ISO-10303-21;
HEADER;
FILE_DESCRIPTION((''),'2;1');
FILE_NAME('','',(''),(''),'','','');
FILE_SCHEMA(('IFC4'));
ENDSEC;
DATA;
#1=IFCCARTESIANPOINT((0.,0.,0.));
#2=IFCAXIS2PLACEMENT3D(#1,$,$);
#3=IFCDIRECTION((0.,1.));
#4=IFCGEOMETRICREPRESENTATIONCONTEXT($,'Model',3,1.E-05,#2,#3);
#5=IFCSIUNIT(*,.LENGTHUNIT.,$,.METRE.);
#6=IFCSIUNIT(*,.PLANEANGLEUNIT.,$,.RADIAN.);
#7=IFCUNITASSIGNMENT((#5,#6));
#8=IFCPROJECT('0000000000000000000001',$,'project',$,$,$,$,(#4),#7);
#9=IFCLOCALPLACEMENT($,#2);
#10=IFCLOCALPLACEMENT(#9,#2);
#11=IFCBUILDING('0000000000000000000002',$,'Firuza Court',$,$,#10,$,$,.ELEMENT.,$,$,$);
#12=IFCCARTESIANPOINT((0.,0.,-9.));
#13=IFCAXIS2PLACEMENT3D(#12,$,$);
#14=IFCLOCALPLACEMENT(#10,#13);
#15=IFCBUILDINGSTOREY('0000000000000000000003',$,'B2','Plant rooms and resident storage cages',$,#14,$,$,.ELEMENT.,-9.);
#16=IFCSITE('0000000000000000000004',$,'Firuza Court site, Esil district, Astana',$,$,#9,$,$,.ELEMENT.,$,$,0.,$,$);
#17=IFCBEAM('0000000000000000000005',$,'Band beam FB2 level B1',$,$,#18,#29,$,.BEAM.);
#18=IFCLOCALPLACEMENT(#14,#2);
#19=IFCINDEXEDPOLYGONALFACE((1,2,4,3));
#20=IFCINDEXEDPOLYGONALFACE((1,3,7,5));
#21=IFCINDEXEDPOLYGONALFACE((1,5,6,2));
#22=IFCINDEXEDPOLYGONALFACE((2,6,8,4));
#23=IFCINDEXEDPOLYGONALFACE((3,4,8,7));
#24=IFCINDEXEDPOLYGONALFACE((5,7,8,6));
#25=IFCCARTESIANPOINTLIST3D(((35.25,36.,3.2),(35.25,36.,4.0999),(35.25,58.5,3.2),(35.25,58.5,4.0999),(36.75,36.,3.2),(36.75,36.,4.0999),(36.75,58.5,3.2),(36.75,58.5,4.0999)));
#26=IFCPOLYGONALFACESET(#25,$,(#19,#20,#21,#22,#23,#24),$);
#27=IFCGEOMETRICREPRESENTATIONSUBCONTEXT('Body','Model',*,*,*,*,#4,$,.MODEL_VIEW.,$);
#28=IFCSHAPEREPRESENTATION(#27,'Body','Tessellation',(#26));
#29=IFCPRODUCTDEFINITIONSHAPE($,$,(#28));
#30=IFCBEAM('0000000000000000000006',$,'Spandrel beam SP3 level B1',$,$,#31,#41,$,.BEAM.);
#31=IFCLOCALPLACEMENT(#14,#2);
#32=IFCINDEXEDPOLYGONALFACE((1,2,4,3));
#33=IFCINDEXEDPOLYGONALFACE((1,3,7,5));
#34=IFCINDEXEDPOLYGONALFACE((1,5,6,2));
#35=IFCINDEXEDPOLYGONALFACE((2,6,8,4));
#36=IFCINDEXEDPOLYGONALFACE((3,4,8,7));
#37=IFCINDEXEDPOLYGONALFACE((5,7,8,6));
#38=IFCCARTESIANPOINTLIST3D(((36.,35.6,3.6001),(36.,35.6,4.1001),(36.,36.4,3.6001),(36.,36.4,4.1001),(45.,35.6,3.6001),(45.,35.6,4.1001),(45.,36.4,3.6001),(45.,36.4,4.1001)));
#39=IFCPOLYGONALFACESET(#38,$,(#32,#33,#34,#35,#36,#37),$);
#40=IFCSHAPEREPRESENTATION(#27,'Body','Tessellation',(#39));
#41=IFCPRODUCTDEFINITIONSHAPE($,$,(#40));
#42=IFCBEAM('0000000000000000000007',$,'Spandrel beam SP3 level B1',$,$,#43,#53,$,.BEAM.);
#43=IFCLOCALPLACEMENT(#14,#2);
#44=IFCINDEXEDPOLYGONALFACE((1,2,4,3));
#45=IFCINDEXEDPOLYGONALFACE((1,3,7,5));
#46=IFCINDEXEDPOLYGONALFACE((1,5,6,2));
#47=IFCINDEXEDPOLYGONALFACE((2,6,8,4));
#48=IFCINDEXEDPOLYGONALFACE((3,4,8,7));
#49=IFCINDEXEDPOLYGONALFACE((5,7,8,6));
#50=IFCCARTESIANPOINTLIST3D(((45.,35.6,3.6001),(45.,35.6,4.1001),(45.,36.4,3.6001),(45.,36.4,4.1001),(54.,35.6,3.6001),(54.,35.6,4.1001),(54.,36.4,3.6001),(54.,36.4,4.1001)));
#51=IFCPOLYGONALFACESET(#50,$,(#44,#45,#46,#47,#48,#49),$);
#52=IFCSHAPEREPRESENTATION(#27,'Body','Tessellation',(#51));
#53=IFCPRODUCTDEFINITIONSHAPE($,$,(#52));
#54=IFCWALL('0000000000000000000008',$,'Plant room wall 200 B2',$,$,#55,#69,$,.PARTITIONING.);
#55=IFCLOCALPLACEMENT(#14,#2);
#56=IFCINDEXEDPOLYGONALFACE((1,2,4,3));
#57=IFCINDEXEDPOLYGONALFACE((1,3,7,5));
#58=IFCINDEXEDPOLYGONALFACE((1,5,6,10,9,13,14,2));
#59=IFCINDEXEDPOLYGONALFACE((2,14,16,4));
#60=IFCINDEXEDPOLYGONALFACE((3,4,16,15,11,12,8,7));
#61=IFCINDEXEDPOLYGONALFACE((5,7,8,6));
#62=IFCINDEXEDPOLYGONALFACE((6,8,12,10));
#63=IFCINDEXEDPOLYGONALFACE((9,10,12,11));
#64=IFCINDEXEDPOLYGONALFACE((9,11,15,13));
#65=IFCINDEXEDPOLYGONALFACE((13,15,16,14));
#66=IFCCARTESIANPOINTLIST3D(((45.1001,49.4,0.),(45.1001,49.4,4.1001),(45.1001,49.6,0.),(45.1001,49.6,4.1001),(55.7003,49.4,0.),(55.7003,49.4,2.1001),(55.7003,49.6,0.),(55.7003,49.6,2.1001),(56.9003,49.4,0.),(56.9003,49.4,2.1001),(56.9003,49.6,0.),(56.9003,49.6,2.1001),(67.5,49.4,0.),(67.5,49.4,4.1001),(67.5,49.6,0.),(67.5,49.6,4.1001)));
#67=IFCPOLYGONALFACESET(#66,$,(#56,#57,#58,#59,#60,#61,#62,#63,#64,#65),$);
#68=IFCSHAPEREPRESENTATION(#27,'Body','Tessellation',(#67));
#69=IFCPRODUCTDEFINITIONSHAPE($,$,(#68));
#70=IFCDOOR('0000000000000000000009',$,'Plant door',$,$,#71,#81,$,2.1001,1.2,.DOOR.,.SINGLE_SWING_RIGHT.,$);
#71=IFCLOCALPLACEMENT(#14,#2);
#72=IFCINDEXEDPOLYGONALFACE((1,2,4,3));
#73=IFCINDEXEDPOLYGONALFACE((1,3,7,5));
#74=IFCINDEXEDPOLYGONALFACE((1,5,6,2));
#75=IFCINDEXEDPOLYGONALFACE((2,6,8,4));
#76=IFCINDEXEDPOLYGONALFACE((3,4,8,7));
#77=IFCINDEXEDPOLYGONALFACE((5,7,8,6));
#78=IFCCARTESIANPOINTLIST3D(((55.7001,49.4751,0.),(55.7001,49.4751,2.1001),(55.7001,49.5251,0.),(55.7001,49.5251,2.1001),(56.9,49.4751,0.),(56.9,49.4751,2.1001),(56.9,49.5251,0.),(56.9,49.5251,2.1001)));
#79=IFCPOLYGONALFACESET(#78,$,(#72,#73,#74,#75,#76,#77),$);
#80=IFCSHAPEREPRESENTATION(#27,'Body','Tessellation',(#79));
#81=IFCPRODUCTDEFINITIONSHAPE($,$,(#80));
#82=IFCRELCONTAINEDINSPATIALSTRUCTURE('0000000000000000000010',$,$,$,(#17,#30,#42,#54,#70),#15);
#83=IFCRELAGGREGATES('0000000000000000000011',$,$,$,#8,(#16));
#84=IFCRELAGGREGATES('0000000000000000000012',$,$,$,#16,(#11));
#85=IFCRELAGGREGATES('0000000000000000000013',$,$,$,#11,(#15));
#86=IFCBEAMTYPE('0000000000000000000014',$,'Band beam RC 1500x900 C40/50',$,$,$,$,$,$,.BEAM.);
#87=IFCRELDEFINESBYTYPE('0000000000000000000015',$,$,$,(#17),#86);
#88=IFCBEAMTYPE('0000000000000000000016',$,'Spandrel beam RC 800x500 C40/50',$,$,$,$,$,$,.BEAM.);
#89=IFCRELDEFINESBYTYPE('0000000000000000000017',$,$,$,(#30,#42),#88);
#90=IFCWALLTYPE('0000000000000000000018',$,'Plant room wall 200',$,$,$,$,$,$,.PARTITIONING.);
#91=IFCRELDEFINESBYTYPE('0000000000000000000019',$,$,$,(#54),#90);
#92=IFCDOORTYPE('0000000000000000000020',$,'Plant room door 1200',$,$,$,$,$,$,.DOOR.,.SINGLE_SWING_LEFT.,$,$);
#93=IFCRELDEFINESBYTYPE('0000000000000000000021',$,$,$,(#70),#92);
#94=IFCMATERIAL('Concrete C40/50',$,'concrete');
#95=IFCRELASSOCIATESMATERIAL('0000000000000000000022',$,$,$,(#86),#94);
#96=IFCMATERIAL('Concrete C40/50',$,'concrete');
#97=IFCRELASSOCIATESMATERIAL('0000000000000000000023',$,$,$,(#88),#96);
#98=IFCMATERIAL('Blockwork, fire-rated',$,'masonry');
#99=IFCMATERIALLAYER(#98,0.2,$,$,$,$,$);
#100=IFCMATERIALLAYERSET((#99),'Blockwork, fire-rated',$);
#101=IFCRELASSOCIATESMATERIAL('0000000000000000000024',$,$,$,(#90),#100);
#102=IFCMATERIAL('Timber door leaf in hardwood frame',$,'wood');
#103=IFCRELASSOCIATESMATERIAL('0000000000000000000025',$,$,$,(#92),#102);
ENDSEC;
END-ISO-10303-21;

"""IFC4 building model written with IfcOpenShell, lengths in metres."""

from ifc_helpers import new_model, si_unit, direction, frame, frame_2d, origin, origin_2d, place, context, subcontext, project, spatial, rectangle, extrude, material, layer, layer_set, material_profile, profile_set, type_object, element, fill, save


model = new_model("IFC4")

# Units and contexts
model_context = context("Model", 3, precision=1e-05, world=origin(), true_north=direction((0.0, 1.0)))
body_context = subcontext(model_context, "Body", "Model", "MODEL_VIEW")
ifc_project = project(units=[si_unit("LENGTHUNIT", "METRE"), si_unit("PLANEANGLEUNIT", "RADIAN")], contexts=[model_context])

# Site, building, storey
site_placement = place(None, origin())
site = spatial("IfcSite", under=ifc_project, at=site_placement, Name="Firuza Court site, Esil district, Astana", CompositionType="ELEMENT", RefElevation=0.0)
building_placement = place(site_placement, origin())
building = spatial("IfcBuilding", under=site, at=building_placement, Name="Firuza Court", CompositionType="ELEMENT")
storey_placement = place(building_placement, frame((0.0, 0.0, -9.0)))
storey = spatial("IfcBuildingStorey", under=building, at=storey_placement, Name="B2", Description="Plant rooms and resident storage cages", CompositionType="ELEMENT", Elevation=-9.0)

# Beams
ifc_material_1 = material(Name="Concrete C40/50", Category="concrete")
ifc_material_profile_1 = material_profile(ifc_material_1, rectangle(XDim=1.5, YDim=0.8999, at=origin_2d()), Name="RC 1500x900")
ifc_profile_set_1 = profile_set([ifc_material_profile_1], Name="Concrete C40/50")
beam_type_1 = type_object("IfcBeamType", Name="Band beam RC 1500x900 C40/50", PredefinedType="BEAM", material=ifc_profile_set_1)
beam_1_placement = place(storey_placement, frame((36.0, 36.0, 3.6499), z_axis=(0.0, 1.0, 0.0), x_axis=(-1.0, 0.0, 0.0)))
element("IfcBeam", 1, at=beam_1_placement, inside=storey, type_object=beam_type_1, Name="Band beam FB2 level B1", PredefinedType="BEAM", context=body_context, shape_type="SweptSolid", body=[
    extrude(rectangle(XDim=1.5, YDim=0.8999, at=origin_2d()), origin(), (0.0, 0.0, 1.0), 22.5),
])
ifc_material_2 = material(Name="Concrete C40/50", Category="concrete")
ifc_material_profile_2 = material_profile(ifc_material_2, rectangle(XDim=0.8, YDim=0.5, at=origin_2d()), Name="RC 800x500")
ifc_profile_set_2 = profile_set([ifc_material_profile_2], Name="Concrete C40/50")
beam_type_2 = type_object("IfcBeamType", Name="Spandrel beam RC 800x500 C40/50", PredefinedType="BEAM", material=ifc_profile_set_2)
for number, where, z_axis, x_axis, name in (
    (2, (36.0, 36.0, 3.8501), (1.0, 0.0, 0.0), (0.0, 1.0, 0.0), "Spandrel beam SP3 level B1"),
    (3, (45.0, 36.0, 3.8501), (1.0, 0.0, 0.0), (0.0, 1.0, 0.0), "Spandrel beam SP3 level B1"),
):
    element("IfcBeam", number, at=place(storey_placement, frame(where, z_axis=z_axis, x_axis=x_axis)), inside=storey, type_object=beam_type_2, Name=name, PredefinedType="BEAM", context=body_context, shape_type="SweptSolid", body=[
        extrude(rectangle(XDim=0.8, YDim=0.5, at=origin_2d()), origin(), (0.0, 0.0, 1.0), 9.0),
    ])

# Wall, opening, door
ifc_material_3 = material(Name="Blockwork, fire-rated", Category="masonry")
ifc_layer = layer(ifc_material_3, 0.2)
ifc_layer_set = layer_set([ifc_layer], Name="Blockwork, fire-rated")
wall_type = type_object("IfcWallType", Name="Plant room wall 200", PredefinedType="PARTITIONING", material=ifc_layer_set)
wall_placement = place(storey_placement, frame((45.1001, 49.5, 0.0), z_axis=(0.0, 0.0, 1.0), x_axis=(1.0, 0.0, 0.0)))
wall = element("IfcWall", 4, at=wall_placement, inside=storey, type_object=wall_type, Name="Plant room wall 200 B2", PredefinedType="PARTITIONING", context=body_context, shape_type="SweptSolid", body=[
    extrude(rectangle(XDim=22.3999, YDim=0.2, at=frame_2d((11.2, 0.0))), origin(), (0.0, 0.0, 1.0), 4.1001),
])
opening_placement = place(wall_placement, frame((10.6001, 0.0, 0.0)))
opening = element("IfcOpeningElement", 5, at=opening_placement, cuts=wall, PredefinedType="OPENING", context=body_context, shape_type="SweptSolid", body=[
    extrude(rectangle(XDim=1.2, YDim=2.1001, at=frame_2d((0.6001, 1.05))), frame((0.0, 0.1118, 0.0), z_axis=(0.0, -1.0, 0.0), x_axis=(1.0, 0.0, 0.0)), (0.0, 0.0, 1.0), 0.2239),
])
ifc_material_4 = material(Name="Timber door leaf in hardwood frame", Category="wood")
door_type = type_object("IfcDoorType", Name="Plant room door 1200", OperationType="SINGLE_SWING_LEFT", PredefinedType="DOOR", material=ifc_material_4)
door_placement = place(opening_placement, frame((1.2, 0.0, 0.0), z_axis=(0.0, 0.0, 1.0), x_axis=(-1.0, 0.0, 0.0)))
door = element("IfcDoor", 6, at=door_placement, inside=storey, type_object=door_type, Name="Plant door", OperationType="SINGLE_SWING_RIGHT", OverallHeight=2.1001, OverallWidth=1.2, PredefinedType="DOOR", context=body_context, shape_type="SweptSolid", body=[
    extrude(rectangle(XDim=1.2, YDim=2.1001, at=frame_2d((0.6001, 1.05))), frame((0.0, 0.0249, 0.0), z_axis=(0.0, -1.0, 0.0), x_axis=(1.0, 0.0, 0.0)), (0.0, 0.0, 1.0), 0.05),
])
fill(opening, door)

save(model, "model.ifc")
